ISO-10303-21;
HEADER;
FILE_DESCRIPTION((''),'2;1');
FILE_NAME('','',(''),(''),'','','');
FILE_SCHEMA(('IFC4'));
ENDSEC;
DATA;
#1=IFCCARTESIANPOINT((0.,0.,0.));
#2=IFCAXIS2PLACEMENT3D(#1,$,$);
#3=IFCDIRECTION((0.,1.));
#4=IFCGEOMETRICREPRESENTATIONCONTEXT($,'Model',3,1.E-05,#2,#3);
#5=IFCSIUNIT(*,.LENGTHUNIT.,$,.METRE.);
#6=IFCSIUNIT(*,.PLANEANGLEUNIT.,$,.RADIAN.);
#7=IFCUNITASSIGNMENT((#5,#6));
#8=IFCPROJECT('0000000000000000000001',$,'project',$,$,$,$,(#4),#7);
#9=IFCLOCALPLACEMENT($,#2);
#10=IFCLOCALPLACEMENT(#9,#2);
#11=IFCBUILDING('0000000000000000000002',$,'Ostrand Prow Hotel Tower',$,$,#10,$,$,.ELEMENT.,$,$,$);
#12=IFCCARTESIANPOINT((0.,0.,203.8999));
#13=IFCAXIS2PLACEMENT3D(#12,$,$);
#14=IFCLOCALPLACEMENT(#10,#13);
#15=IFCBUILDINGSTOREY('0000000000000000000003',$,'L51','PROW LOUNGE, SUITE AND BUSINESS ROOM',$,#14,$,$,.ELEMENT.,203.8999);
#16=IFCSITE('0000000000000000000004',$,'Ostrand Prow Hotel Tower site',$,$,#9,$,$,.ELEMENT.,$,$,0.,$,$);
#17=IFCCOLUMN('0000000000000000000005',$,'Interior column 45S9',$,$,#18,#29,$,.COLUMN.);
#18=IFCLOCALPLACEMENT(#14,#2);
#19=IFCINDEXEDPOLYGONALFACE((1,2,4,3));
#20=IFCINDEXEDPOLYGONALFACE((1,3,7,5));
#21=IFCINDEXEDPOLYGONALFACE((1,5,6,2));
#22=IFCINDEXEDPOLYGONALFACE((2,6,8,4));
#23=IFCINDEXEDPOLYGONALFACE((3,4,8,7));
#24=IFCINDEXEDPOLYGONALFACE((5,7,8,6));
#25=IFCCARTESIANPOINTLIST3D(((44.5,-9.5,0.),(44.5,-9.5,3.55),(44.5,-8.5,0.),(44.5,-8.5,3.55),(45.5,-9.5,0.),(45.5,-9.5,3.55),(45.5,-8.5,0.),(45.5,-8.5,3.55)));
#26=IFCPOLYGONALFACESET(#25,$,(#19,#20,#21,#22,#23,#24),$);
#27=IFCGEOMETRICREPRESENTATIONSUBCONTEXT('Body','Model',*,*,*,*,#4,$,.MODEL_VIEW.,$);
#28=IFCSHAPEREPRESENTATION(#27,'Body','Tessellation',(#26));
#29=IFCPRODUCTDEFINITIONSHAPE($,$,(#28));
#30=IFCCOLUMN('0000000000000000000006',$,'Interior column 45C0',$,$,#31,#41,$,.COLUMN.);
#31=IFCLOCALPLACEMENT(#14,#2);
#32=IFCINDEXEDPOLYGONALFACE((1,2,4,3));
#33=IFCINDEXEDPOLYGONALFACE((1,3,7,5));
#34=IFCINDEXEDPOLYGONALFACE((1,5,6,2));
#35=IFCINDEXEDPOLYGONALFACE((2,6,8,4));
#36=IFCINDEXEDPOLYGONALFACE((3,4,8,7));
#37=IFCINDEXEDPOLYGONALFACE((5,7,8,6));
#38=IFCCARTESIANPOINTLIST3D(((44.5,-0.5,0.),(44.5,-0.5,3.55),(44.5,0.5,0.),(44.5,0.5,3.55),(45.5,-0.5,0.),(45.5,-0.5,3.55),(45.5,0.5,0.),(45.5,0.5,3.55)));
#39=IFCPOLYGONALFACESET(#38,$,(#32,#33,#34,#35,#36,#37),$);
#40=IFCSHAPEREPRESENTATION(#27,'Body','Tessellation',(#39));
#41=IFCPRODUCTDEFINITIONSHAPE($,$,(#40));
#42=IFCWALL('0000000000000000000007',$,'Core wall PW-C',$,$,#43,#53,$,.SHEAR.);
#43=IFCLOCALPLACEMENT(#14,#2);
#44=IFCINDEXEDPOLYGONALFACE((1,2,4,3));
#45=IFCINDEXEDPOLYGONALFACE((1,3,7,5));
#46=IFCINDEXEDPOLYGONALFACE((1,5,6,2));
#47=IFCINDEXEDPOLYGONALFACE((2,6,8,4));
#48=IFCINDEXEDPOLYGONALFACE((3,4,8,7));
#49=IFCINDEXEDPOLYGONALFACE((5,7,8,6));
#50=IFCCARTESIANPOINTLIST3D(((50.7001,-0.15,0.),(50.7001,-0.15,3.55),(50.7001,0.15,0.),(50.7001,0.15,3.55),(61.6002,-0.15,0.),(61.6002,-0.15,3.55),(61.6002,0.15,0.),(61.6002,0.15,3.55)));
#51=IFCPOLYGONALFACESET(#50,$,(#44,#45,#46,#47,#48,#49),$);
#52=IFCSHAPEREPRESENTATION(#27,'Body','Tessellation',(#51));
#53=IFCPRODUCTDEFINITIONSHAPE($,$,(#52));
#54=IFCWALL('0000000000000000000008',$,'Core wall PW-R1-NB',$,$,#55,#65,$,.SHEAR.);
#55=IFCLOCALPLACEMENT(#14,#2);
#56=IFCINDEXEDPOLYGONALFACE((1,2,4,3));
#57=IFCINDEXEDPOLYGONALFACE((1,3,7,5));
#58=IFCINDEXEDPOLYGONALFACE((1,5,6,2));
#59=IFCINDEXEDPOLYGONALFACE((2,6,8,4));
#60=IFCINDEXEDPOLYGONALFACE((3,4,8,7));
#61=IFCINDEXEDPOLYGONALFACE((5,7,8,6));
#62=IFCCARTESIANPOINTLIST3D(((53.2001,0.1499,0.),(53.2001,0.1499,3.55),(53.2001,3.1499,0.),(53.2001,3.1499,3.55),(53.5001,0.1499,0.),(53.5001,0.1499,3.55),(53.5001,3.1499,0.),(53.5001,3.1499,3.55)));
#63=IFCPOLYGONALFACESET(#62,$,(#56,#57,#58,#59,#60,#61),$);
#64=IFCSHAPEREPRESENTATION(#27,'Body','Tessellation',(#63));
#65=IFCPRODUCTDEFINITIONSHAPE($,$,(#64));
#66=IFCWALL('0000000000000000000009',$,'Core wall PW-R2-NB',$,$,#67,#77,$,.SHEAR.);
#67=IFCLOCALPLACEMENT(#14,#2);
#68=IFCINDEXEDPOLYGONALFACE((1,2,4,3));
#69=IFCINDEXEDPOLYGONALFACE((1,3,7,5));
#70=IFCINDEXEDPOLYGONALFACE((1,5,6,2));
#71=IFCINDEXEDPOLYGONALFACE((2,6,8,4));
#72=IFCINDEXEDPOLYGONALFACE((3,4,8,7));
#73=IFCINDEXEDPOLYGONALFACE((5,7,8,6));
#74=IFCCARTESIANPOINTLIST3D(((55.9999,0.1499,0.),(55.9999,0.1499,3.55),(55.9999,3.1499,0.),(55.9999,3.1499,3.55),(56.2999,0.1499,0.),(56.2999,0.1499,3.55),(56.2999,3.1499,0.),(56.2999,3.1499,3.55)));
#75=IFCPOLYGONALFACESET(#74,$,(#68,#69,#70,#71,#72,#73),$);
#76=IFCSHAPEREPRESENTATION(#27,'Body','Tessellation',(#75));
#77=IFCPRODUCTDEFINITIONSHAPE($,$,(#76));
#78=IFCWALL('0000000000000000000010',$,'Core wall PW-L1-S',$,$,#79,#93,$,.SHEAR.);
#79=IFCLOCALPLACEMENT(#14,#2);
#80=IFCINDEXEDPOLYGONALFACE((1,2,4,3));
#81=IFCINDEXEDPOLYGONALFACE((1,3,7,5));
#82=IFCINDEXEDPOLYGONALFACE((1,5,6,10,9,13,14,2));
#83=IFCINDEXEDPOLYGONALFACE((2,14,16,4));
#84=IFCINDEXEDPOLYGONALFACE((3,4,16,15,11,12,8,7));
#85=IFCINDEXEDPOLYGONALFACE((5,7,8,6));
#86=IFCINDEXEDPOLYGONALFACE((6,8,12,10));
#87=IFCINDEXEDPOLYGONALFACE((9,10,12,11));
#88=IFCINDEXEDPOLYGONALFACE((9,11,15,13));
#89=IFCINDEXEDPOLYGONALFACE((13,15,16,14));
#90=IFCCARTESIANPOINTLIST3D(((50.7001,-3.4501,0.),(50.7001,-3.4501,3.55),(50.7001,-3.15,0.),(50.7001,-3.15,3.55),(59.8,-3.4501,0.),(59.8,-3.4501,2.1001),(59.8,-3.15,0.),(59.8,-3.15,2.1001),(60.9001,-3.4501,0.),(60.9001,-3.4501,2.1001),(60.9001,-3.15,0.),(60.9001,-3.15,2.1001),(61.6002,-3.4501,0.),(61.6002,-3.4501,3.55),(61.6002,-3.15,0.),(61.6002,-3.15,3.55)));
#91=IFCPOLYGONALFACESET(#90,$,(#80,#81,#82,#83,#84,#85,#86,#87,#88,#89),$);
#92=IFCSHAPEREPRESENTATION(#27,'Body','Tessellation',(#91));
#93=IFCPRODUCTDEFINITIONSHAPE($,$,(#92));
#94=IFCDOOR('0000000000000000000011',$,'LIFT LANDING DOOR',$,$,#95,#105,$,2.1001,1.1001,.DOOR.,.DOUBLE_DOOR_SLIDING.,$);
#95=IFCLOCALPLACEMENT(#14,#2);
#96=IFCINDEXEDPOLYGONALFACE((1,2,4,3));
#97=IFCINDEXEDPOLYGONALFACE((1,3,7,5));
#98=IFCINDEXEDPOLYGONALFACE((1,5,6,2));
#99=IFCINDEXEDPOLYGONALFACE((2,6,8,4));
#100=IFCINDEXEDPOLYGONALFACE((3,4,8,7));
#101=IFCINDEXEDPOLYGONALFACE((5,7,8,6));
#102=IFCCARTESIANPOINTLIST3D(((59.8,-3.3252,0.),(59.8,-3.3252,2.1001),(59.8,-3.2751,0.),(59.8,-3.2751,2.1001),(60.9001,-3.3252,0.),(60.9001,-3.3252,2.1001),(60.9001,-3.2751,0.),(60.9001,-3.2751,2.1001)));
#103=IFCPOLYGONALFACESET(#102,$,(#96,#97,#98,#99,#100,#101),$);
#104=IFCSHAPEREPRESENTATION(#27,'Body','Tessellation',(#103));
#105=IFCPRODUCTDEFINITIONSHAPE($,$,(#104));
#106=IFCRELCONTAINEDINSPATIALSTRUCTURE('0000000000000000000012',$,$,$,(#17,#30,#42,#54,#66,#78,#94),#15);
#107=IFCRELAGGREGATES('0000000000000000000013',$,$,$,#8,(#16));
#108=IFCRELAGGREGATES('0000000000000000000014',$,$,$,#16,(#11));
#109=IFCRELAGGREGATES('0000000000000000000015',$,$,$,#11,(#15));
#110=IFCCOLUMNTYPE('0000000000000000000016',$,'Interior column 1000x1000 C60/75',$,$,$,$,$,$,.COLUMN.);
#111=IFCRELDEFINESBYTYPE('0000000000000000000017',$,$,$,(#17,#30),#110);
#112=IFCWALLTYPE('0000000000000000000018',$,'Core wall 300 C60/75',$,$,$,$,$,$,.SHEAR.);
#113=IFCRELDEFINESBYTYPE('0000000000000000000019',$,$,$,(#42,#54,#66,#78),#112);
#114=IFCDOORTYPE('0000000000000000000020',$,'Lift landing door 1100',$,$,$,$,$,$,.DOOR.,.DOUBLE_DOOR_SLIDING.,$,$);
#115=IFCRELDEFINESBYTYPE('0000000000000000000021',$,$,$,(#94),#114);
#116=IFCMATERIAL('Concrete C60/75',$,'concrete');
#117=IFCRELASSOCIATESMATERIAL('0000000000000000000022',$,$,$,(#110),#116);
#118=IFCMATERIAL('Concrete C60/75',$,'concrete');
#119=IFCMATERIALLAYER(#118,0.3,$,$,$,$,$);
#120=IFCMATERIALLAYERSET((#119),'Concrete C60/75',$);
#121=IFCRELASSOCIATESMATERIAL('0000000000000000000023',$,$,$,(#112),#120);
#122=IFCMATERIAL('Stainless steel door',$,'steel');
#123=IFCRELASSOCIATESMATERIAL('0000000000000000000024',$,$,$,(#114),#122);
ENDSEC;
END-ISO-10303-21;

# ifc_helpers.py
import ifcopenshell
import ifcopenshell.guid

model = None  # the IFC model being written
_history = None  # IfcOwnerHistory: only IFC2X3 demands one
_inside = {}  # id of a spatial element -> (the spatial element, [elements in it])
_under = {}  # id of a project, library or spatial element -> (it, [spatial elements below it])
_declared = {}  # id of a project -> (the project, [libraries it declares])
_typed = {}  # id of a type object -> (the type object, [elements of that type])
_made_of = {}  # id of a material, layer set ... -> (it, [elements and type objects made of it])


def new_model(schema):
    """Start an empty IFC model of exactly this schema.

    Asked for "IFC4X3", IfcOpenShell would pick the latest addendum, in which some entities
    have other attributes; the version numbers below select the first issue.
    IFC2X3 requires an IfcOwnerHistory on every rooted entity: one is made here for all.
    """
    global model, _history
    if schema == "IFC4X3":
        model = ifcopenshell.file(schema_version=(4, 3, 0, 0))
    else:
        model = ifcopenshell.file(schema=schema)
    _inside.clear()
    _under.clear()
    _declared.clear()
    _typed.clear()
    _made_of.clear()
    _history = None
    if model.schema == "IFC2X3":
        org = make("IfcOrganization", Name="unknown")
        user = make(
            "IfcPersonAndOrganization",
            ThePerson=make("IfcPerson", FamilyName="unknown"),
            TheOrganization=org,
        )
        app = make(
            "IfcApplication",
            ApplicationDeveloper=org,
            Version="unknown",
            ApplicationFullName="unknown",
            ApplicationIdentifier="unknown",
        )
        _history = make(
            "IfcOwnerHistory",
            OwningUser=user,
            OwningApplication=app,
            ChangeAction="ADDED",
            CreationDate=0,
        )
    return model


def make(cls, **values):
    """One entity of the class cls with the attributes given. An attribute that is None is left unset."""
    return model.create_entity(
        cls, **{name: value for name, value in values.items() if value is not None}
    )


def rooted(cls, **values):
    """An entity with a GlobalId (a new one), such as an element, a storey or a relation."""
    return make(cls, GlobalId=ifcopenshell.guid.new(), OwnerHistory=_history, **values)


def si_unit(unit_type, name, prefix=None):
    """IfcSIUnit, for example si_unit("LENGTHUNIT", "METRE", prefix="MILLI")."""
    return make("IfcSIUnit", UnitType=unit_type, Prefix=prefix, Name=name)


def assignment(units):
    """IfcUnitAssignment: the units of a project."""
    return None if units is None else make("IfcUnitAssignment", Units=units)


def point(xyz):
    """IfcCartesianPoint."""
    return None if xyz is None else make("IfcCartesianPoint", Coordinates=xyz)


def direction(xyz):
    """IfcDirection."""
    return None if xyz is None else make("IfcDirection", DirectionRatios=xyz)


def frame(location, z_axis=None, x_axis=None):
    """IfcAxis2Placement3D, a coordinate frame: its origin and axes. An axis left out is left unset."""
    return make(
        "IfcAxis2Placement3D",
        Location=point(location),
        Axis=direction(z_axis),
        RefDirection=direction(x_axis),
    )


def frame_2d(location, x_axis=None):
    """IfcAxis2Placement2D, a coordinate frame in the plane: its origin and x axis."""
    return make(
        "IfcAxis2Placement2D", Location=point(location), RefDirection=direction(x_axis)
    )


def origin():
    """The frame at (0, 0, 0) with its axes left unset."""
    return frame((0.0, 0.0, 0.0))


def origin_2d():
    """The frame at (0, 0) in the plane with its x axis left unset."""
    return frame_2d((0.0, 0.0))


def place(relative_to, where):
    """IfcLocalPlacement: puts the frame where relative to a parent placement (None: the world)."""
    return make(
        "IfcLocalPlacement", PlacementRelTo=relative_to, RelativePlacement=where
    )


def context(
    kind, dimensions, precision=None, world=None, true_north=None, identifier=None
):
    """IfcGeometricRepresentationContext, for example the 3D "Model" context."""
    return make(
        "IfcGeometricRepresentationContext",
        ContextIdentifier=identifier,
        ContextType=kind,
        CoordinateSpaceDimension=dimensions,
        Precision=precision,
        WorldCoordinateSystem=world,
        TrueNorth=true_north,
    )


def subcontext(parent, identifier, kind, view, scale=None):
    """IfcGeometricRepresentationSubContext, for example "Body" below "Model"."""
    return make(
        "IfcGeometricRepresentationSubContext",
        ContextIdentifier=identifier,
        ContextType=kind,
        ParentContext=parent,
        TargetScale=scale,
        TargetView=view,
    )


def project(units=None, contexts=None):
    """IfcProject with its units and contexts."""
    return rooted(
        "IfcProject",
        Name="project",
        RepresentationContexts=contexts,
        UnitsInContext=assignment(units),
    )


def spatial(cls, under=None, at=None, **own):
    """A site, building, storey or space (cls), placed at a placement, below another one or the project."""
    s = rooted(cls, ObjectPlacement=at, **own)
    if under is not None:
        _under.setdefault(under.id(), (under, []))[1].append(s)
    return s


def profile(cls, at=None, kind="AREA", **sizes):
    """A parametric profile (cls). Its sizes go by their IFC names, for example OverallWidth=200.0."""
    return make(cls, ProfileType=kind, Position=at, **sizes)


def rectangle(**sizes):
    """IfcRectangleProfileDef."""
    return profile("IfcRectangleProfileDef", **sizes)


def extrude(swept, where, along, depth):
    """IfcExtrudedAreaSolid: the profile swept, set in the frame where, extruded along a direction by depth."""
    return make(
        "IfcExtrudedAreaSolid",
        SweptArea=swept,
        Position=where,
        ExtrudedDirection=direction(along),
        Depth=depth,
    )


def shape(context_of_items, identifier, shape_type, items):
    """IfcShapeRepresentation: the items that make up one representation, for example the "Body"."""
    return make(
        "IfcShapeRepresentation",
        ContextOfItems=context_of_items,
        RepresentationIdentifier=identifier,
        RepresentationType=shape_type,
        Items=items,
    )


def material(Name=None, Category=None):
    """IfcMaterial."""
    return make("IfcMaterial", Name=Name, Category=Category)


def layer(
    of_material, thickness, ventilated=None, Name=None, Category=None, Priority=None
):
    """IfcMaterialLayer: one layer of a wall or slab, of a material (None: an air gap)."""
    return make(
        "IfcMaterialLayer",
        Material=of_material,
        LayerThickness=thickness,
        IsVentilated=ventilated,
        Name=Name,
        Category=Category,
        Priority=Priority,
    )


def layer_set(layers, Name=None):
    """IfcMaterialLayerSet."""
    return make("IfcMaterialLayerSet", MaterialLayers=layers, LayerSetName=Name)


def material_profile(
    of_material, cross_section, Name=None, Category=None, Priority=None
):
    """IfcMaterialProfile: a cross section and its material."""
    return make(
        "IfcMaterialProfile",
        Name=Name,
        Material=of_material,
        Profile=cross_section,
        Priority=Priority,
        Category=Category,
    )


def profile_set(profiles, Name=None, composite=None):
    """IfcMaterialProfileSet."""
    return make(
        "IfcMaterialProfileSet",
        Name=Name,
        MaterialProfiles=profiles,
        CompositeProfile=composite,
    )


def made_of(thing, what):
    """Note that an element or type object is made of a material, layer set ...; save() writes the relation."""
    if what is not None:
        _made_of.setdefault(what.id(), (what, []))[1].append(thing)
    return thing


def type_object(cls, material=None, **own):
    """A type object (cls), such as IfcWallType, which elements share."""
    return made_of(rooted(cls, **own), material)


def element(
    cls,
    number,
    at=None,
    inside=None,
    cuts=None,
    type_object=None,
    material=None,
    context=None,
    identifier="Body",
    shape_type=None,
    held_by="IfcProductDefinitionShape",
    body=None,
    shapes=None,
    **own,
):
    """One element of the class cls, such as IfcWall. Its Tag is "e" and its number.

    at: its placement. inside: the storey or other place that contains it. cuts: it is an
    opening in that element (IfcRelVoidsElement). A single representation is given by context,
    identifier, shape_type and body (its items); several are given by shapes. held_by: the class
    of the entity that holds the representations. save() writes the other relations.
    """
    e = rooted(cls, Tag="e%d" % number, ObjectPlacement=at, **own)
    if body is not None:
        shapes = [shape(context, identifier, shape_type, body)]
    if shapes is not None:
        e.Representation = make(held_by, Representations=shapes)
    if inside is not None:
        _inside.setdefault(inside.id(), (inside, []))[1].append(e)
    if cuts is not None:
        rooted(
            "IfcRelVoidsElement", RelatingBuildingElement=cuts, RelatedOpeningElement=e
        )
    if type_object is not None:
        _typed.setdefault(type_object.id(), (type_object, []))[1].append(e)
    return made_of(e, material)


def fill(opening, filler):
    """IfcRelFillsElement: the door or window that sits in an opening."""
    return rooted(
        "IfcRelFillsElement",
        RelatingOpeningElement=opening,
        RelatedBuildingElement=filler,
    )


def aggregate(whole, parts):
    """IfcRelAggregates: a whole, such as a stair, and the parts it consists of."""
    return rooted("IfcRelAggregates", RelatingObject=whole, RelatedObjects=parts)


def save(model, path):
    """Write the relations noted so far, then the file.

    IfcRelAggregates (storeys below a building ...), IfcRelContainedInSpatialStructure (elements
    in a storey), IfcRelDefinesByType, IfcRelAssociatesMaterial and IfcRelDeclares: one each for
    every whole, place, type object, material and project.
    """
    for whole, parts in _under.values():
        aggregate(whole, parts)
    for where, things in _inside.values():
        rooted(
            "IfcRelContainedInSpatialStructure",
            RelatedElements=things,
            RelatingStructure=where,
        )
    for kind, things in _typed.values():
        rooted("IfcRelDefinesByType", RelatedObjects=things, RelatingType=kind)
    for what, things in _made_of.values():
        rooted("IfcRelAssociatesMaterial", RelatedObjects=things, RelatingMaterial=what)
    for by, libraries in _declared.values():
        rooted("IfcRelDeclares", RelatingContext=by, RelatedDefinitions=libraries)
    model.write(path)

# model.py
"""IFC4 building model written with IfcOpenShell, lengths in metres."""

from ifc_helpers import new_model, si_unit, direction, frame, frame_2d, origin, origin_2d, place, context, subcontext, project, spatial, rectangle, extrude, material, layer, layer_set, material_profile, profile_set, type_object, element, fill, save


model = new_model("IFC4")

# Units and contexts
model_context = context("Model", 3, precision=1e-05, world=origin(), true_north=direction((0.0, 1.0)))
body_context = subcontext(model_context, "Body", "Model", "MODEL_VIEW")
ifc_project = project(units=[si_unit("LENGTHUNIT", "METRE"), si_unit("PLANEANGLEUNIT", "RADIAN")], contexts=[model_context])

# Site, building, storey
site_placement = place(None, origin())
site = spatial("IfcSite", under=ifc_project, at=site_placement, Name="Ostrand Prow Hotel Tower site", CompositionType="ELEMENT", RefElevation=0.0)
building_placement = place(site_placement, origin())
building = spatial("IfcBuilding", under=site, at=building_placement, Name="Ostrand Prow Hotel Tower", CompositionType="ELEMENT")
storey_placement = place(building_placement, frame((0.0, 0.0, 203.8999)))
storey = spatial("IfcBuildingStorey", under=building, at=storey_placement, Name="L51", Description="PROW LOUNGE, SUITE AND BUSINESS ROOM", CompositionType="ELEMENT", Elevation=203.8999)

# Columns
ifc_material_1 = material(Name="Concrete C60/75", Category="concrete")
ifc_material_profile = material_profile(ifc_material_1, rectangle(XDim=1.0, YDim=1.0, at=origin_2d()), Name="RC 1000x1000")
ifc_profile_set = profile_set([ifc_material_profile], Name="Concrete C60/75")
column_type = type_object("IfcColumnType", Name="Interior column 1000x1000 C60/75", PredefinedType="COLUMN", material=ifc_profile_set)
for number, where, z_axis, x_axis, name in (
    (1, (45.0, -9.0, 0.0), (0.0, 0.0, 1.0), (1.0, 0.0, 0.0), "Interior column 45S9"),
    (2, (45.0, 0.0, 0.0), (0.0, 0.0, 1.0), (1.0, 0.0, 0.0), "Interior column 45C0"),
):
    element("IfcColumn", number, at=place(storey_placement, frame(where, z_axis=z_axis, x_axis=x_axis)), inside=storey, type_object=column_type, Name=name, PredefinedType="COLUMN", context=body_context, shape_type="SweptSolid", body=[
        extrude(rectangle(XDim=1.0, YDim=1.0, at=origin_2d()), origin(), (0.0, 0.0, 1.0), 3.55),
    ])

# Walls
ifc_material_2 = material(Name="Concrete C60/75", Category="concrete")
ifc_layer_1 = layer(ifc_material_2, 0.3)
ifc_layer_set_1 = layer_set([ifc_layer_1], Name="Concrete C60/75")
wall_type_1 = type_object("IfcWallType", Name="Core wall 300 C60/75", PredefinedType="SHEAR", material=ifc_layer_set_1)
wall_1_placement = place(storey_placement, frame((50.7, 0.0, 0.0), z_axis=(0.0, 0.0, 1.0), x_axis=(1.0, 0.0, 0.0)))
element("IfcWall", 3, at=wall_1_placement, inside=storey, type_object=wall_type_1, Name="Core wall PW-C", PredefinedType="SHEAR", context=body_context, shape_type="SweptSolid", body=[
    extrude(rectangle(XDim=10.9001, YDim=0.3, at=frame_2d((5.4502, 0.0))), origin(), (0.0, 0.0, 1.0), 3.55),
])
for number, where, z_axis, x_axis, name in (
    (4, (53.3501, 0.1499, 0.0), (0.0, 0.0, 1.0), (0.0, 1.0, 0.0), "Core wall PW-R1-NB"),
    (5, (56.1499, 0.1499, 0.0), (0.0, 0.0, 1.0), (0.0, 1.0, 0.0), "Core wall PW-R2-NB"),
):
    element("IfcWall", number, at=place(storey_placement, frame(where, z_axis=z_axis, x_axis=x_axis)), inside=storey, type_object=wall_type_1, Name=name, PredefinedType="SHEAR", context=body_context, shape_type="SweptSolid", body=[
        extrude(rectangle(XDim=3.0, YDim=0.3, at=frame_2d((1.5, 0.0))), origin(), (0.0, 0.0, 1.0), 3.55),
    ])

# Wall, opening, door
wall_2_placement = place(storey_placement, frame((50.7, -3.3, 0.0), z_axis=(0.0, 0.0, 1.0), x_axis=(1.0, 0.0, 0.0)))
wall_2 = element("IfcWall", 6, at=wall_2_placement, inside=storey, type_object=wall_type_1, Name="Core wall PW-L1-S", PredefinedType="SHEAR", context=body_context, shape_type="SweptSolid", body=[
    extrude(rectangle(XDim=10.9001, YDim=0.3, at=frame_2d((5.4502, 0.0))), origin(), (0.0, 0.0, 1.0), 3.55),
])
opening_1_placement = place(wall_2_placement, frame((9.1001, 0.0, 0.0)))
opening_1 = element("IfcOpeningElement", 7, at=opening_1_placement, cuts=wall_2, PredefinedType="OPENING", context=body_context, shape_type="SweptSolid", body=[
    extrude(rectangle(XDim=1.1001, YDim=2.1001, at=frame_2d((0.55, 1.05))), frame((0.0, 0.1599, 0.0), z_axis=(0.0, -1.0, 0.0), x_axis=(1.0, 0.0, 0.0)), (0.0, 0.0, 1.0), 0.3201),
])
ifc_material_3 = material(Name="Stainless steel door", Category="steel")
door_type_1 = type_object("IfcDoorType", Name="Lift landing door 1100", OperationType="DOUBLE_DOOR_SLIDING", PredefinedType="DOOR", material=ifc_material_3)
door_1_placement = place(opening_1_placement, origin())
door_1 = element("IfcDoor", 8, at=door_1_placement, inside=storey, type_object=door_type_1, Name="LIFT LANDING DOOR", OperationType="DOUBLE_DOOR_SLIDING", OverallHeight=2.1001, OverallWidth=1.1001, PredefinedType="DOOR", context=body_context, shape_type="SweptSolid", body=[
    extrude(rectangle(XDim=1.1001, YDim=2.1001, at=frame_2d((0.55, 1.05))), frame((0.0, 0.0249, 0.0), z_axis=(0.0, -1.0, 0.0), x_axis=(1.0, 0.0, 0.0)), (0.0, 0.0, 1.0), 0.05),
])
fill(opening_1, door_1)

save(model, "model.ifc")
